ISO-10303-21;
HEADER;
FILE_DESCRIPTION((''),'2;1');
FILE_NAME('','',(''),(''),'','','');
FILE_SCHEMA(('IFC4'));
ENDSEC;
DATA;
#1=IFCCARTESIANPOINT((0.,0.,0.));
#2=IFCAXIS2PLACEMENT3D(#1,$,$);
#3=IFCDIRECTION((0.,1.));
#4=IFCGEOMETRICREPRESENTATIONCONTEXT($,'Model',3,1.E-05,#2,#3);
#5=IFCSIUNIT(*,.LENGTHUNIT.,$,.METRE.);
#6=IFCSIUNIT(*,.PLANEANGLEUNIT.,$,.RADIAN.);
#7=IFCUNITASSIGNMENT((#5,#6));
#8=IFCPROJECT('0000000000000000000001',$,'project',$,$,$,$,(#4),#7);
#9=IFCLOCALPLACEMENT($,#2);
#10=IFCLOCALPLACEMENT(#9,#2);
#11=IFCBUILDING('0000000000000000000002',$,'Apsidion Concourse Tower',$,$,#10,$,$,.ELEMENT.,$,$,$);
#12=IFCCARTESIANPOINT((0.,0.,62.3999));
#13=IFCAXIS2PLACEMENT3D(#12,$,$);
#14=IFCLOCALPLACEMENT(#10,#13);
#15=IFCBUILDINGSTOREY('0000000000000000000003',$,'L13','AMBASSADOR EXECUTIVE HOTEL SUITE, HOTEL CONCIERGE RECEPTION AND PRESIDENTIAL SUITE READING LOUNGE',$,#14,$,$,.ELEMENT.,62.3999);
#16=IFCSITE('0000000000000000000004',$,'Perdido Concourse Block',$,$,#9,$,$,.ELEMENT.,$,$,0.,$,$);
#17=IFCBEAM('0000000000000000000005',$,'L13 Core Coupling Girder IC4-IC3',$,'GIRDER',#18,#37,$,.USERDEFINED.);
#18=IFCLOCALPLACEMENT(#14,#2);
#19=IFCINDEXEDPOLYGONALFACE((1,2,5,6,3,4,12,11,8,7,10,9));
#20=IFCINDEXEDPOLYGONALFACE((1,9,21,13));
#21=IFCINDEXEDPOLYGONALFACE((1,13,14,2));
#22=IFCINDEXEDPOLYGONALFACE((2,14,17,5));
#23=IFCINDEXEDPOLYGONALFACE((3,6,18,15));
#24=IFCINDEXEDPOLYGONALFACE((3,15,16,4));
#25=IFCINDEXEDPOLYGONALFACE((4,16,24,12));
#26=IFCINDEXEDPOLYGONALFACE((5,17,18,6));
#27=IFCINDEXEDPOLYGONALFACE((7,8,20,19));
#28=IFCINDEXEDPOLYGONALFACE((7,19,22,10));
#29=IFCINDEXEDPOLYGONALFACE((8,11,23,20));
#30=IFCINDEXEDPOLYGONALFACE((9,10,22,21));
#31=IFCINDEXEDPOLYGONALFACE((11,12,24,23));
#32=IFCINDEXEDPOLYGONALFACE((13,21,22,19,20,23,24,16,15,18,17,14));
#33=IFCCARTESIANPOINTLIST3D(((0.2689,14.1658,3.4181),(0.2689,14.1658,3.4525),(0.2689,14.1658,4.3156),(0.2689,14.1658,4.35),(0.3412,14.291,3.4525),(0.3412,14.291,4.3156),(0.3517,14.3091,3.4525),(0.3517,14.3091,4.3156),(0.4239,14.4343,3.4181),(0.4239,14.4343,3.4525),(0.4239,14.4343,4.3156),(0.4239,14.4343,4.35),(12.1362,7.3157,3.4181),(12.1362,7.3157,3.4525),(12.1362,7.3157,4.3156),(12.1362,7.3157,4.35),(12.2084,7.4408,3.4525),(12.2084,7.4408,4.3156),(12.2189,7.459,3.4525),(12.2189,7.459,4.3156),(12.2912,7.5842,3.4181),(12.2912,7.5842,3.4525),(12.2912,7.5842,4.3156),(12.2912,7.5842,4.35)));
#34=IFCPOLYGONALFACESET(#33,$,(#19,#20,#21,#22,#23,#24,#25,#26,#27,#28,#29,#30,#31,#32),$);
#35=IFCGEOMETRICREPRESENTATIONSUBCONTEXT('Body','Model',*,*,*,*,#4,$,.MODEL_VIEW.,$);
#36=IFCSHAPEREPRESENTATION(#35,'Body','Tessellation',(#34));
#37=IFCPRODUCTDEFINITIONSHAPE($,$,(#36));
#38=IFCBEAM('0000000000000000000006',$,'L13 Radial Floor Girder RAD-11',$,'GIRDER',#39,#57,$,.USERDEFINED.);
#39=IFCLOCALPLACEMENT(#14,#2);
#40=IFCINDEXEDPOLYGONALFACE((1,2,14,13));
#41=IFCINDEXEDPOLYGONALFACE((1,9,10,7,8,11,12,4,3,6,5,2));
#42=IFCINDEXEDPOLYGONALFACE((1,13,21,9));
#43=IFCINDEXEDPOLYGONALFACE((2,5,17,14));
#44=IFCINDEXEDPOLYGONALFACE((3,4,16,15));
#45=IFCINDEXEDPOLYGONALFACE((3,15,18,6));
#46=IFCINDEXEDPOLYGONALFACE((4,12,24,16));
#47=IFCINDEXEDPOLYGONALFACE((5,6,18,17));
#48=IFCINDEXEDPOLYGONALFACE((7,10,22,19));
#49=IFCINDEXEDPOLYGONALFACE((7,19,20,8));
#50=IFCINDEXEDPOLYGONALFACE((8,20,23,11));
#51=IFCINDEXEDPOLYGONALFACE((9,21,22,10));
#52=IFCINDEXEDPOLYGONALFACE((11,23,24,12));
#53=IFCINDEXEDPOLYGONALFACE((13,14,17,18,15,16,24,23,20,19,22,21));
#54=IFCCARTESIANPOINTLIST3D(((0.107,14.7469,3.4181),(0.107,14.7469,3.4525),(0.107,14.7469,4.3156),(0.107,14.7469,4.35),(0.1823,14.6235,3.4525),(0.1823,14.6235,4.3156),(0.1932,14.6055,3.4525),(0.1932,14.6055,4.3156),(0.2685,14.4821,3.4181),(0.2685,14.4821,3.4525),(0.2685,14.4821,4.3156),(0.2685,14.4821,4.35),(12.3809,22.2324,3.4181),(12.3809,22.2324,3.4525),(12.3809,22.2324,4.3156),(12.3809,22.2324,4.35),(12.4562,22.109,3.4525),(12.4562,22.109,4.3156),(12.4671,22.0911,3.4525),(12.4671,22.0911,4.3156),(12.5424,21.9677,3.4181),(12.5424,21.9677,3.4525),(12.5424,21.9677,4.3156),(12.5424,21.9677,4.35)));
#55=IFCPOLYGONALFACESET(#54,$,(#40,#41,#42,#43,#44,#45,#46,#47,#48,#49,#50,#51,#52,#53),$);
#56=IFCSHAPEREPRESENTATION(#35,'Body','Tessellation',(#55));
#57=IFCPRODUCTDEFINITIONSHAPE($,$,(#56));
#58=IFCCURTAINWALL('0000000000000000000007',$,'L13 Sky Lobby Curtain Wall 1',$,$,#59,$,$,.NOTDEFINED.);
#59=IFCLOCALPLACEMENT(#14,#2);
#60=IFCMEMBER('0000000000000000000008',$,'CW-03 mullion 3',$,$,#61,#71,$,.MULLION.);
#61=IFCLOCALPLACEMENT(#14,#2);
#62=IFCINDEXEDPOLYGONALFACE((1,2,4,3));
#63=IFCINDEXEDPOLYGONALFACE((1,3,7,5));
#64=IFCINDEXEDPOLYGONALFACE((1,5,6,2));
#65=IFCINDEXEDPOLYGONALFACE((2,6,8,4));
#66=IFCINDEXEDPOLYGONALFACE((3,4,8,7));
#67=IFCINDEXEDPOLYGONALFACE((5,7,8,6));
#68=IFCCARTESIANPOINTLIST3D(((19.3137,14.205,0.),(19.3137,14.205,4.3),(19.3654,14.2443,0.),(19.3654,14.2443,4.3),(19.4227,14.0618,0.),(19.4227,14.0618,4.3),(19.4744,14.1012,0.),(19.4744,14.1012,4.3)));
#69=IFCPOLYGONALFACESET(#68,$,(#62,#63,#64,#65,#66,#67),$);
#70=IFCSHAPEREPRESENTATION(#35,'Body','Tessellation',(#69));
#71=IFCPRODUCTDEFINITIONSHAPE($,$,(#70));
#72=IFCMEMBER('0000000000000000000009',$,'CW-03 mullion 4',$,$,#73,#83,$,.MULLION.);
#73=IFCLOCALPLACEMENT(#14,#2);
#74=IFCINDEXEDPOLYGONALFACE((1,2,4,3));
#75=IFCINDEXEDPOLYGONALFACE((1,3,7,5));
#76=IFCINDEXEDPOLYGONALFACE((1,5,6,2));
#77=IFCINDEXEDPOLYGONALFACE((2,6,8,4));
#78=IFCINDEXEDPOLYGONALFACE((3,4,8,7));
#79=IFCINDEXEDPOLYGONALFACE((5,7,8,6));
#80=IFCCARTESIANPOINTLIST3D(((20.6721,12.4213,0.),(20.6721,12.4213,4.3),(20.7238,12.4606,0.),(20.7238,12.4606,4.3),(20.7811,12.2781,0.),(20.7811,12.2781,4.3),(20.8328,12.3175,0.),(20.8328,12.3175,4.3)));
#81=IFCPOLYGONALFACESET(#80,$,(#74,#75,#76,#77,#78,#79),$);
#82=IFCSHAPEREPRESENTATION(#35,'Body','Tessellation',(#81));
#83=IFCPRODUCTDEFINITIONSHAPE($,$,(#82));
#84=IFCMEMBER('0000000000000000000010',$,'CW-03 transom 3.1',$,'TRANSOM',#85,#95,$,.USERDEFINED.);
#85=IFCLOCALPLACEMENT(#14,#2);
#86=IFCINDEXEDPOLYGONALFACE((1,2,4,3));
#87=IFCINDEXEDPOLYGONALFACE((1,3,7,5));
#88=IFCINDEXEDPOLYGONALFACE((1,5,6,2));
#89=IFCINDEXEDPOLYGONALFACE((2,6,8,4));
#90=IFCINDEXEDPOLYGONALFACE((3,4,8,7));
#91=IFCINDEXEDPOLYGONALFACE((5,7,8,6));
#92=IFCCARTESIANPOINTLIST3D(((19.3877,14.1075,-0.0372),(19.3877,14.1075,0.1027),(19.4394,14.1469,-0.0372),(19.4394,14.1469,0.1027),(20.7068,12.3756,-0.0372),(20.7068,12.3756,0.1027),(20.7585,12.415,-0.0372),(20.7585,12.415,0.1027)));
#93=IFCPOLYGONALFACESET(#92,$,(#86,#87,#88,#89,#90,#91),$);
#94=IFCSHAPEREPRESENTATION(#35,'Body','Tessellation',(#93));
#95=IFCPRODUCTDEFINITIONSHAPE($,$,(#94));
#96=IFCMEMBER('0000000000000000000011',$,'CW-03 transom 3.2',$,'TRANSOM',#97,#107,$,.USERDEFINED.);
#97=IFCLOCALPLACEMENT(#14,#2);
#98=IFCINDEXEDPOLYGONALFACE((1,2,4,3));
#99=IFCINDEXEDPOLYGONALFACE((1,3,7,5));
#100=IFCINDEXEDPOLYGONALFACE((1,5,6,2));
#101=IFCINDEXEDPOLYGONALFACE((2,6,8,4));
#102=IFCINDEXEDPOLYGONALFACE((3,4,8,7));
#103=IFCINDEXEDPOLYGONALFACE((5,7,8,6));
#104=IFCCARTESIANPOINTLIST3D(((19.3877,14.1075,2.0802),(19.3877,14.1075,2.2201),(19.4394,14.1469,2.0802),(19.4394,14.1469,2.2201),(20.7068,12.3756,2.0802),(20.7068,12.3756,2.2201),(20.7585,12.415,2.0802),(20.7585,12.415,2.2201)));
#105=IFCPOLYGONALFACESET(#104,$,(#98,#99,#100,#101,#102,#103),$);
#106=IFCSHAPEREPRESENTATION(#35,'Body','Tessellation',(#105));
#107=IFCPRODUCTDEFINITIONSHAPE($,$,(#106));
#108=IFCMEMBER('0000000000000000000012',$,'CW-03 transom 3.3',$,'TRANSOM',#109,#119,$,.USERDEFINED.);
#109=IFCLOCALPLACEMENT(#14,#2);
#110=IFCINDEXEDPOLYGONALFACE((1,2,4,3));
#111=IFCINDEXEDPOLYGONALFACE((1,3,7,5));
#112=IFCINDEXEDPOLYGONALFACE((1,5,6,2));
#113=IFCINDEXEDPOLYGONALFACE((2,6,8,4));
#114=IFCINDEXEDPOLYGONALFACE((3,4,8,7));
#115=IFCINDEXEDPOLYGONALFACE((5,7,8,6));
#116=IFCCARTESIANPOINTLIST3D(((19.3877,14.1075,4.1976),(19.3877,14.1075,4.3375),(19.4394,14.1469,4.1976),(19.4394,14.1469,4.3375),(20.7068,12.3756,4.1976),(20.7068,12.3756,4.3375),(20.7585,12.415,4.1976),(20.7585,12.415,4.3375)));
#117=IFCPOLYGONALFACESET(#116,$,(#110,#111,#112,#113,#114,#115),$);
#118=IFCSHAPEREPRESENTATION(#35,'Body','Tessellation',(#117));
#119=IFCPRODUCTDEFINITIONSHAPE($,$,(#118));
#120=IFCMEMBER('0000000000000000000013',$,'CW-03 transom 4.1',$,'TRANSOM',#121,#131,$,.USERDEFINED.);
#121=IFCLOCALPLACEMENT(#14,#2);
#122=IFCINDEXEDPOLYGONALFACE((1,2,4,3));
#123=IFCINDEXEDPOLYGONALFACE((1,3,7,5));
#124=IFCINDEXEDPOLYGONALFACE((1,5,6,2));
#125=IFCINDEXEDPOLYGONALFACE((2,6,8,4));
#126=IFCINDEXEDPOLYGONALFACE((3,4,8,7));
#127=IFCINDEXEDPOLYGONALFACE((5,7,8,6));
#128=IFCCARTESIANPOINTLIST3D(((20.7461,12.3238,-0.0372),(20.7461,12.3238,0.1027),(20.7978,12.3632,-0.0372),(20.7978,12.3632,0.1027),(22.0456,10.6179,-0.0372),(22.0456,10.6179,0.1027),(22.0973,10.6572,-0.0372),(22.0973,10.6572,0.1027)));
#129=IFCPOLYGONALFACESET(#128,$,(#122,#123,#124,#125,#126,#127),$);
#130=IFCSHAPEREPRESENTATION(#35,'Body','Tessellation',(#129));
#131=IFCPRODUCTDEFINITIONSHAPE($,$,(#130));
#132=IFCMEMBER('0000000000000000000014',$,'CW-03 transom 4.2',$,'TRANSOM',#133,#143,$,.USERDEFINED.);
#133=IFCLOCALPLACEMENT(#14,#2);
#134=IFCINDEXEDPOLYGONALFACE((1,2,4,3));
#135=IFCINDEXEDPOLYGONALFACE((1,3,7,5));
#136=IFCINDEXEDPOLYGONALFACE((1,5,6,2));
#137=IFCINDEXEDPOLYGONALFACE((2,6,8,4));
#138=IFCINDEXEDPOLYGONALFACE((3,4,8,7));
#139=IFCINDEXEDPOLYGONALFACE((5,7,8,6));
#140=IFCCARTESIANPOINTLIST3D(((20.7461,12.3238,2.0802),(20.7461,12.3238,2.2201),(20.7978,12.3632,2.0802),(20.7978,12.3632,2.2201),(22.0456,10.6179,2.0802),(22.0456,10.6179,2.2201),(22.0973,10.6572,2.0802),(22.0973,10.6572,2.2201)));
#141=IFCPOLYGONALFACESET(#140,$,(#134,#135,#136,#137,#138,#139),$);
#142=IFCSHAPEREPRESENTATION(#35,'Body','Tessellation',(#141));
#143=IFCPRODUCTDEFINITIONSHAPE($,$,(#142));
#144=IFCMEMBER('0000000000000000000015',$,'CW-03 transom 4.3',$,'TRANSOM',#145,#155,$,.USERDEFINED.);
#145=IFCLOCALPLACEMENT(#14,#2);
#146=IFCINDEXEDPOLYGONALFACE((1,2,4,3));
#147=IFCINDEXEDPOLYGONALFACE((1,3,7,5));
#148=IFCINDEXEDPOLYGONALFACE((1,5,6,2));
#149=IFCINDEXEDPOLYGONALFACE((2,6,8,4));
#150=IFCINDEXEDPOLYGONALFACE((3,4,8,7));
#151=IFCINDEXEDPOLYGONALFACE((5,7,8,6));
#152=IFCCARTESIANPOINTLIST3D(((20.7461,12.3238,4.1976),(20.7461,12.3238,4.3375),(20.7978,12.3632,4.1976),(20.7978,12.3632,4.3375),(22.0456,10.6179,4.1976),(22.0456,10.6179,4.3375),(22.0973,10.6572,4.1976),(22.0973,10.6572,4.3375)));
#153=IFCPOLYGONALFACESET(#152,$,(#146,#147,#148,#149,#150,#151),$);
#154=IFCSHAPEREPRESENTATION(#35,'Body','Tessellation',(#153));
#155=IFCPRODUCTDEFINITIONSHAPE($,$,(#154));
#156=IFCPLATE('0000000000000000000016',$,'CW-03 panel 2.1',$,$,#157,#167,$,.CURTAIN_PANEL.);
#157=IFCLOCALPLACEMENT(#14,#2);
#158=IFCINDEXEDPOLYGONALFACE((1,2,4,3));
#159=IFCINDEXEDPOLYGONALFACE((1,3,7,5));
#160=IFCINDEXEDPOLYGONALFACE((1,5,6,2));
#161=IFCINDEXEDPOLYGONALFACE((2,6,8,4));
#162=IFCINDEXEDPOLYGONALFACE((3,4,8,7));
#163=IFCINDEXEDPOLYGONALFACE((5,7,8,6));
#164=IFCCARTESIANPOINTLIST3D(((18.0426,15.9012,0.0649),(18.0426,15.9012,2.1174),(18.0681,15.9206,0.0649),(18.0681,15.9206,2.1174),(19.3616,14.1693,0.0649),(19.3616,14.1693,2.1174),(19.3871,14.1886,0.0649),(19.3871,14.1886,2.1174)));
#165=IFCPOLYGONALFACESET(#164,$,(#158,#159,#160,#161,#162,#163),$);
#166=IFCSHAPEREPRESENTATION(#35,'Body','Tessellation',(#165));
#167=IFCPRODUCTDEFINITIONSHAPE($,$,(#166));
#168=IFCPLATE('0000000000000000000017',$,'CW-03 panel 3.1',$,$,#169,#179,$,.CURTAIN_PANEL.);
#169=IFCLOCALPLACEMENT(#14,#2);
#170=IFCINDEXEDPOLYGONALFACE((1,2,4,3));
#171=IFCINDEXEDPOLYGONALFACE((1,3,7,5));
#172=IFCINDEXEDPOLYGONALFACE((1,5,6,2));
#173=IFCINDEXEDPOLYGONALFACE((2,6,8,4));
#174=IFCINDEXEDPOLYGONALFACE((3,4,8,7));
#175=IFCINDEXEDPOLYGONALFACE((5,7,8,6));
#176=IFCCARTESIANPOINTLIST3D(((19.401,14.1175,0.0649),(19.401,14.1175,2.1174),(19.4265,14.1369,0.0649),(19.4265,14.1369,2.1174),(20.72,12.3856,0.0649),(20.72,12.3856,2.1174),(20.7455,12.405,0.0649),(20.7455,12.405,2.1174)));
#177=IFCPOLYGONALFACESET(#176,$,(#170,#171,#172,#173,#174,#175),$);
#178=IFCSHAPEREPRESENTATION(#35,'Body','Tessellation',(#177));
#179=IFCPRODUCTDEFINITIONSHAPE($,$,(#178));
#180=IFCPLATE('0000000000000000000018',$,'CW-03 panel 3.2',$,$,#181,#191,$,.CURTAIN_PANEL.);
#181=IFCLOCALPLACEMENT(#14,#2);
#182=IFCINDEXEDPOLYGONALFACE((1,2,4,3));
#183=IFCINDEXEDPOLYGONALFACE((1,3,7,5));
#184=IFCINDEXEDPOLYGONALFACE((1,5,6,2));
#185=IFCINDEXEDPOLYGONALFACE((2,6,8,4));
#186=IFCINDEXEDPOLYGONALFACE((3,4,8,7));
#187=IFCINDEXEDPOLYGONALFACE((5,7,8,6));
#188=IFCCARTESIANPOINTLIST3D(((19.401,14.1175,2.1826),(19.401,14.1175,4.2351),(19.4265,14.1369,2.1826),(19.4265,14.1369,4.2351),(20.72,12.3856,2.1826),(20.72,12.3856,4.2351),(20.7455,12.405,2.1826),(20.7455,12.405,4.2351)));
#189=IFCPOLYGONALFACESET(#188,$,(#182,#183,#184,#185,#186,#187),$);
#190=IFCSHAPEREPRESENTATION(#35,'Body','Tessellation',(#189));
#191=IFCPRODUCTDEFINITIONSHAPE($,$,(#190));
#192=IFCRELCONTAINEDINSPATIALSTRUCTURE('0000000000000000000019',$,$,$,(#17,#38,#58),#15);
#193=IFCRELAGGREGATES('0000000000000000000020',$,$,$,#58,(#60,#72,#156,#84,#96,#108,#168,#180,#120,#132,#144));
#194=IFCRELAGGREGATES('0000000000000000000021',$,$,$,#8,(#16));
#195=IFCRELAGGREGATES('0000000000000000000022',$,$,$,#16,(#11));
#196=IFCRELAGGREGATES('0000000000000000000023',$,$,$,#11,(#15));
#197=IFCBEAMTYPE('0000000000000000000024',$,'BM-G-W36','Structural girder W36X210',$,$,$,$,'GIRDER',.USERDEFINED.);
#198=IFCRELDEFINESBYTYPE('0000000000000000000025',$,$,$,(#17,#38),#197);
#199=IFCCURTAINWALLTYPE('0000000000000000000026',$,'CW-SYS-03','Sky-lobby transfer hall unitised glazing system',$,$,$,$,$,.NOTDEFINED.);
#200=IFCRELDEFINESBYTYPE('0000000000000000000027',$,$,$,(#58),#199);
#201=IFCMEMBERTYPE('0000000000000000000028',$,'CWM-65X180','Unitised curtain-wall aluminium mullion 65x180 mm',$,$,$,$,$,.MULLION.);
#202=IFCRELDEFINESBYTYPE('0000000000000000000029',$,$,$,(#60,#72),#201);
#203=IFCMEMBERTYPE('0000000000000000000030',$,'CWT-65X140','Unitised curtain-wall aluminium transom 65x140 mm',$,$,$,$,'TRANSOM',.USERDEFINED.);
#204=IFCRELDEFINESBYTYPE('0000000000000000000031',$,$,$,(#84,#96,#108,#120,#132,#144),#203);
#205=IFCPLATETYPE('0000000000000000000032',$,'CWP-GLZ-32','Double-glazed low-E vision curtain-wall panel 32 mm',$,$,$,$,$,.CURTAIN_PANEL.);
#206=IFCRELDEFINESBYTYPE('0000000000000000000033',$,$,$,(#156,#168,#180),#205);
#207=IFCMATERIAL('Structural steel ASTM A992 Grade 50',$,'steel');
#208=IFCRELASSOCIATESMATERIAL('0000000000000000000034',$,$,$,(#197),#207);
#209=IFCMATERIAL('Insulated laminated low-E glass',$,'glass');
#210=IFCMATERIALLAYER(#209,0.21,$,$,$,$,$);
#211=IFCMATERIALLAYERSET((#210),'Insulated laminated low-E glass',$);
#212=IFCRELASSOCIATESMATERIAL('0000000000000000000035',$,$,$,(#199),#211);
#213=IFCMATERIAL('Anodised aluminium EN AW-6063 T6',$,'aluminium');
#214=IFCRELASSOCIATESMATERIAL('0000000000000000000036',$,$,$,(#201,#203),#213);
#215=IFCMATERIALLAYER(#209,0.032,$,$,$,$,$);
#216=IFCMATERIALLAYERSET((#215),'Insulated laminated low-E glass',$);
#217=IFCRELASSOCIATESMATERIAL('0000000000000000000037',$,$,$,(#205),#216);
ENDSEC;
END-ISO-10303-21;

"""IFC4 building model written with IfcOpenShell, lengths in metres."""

from ifc_helpers import new_model, si_unit, direction, frame, origin, origin_2d, place, context, subcontext, project, spatial, rectangle, i_section, extrude, material, layer, layer_set, material_profile, profile_set, type_object, element, aggregate, save


model = new_model("IFC4")

# Units and contexts
model_context = context("Model", 3, precision=1e-05, world=origin(), true_north=direction((0.0, 1.0)))
body_context = subcontext(model_context, "Body", "Model", "MODEL_VIEW")
ifc_project = project(units=[si_unit("LENGTHUNIT", "METRE"), si_unit("PLANEANGLEUNIT", "RADIAN")], contexts=[model_context])

# Site, building, storey
site_placement = place(None, origin())
site = spatial("IfcSite", under=ifc_project, at=site_placement, Name="Perdido Concourse Block", CompositionType="ELEMENT", RefElevation=0.0)
building_placement = place(site_placement, origin())
building = spatial("IfcBuilding", under=site, at=building_placement, Name="Apsidion Concourse Tower", CompositionType="ELEMENT")
storey_placement = place(building_placement, frame((0.0, 0.0, 62.3999)))
storey = spatial("IfcBuildingStorey", under=building, at=storey_placement, Name="L13", Description="AMBASSADOR EXECUTIVE HOTEL SUITE, HOTEL CONCIERGE RECEPTION AND PRESIDENTIAL SUITE READING LOUNGE", CompositionType="ELEMENT", Elevation=62.3999)

# Beams
ifc_material_1 = material(Name="Structural steel ASTM A992 Grade 50", Category="steel")
ifc_material_profile_1 = material_profile(ifc_material_1, i_section(OverallWidth=0.3101, OverallDepth=0.9319, WebThickness=0.021, FlangeThickness=0.0344, at=origin_2d()), Name="W36X210")
ifc_profile_set_1 = profile_set([ifc_material_profile_1], Name="Structural steel ASTM A992 Grade 50")
beam_type = type_object("IfcBeamType", Name="BM-G-W36", Description="Structural girder W36X210", ElementType="GIRDER", PredefinedType="USERDEFINED", material=ifc_profile_set_1)
beam_1_placement = place(storey_placement, frame((0.3464, 14.3, 3.884), z_axis=(0.86607, -0.499922, 0.0), x_axis=(0.499922, 0.86607, 0.0)))
element("IfcBeam", 1, at=beam_1_placement, inside=storey, type_object=beam_type, Name="L13 Core Coupling Girder IC4-IC3", ObjectType="GIRDER", PredefinedType="USERDEFINED", context=body_context, shape_type="SweptSolid", body=[
    extrude(i_section(OverallWidth=0.3101, OverallDepth=0.9319, WebThickness=0.021, FlangeThickness=0.0344, at=origin_2d()), origin(), (0.0, 0.0, 1.0), 13.7024),
])
beam_2_placement = place(storey_placement, frame((0.1877, 14.6145, 3.884), z_axis=(0.85375, 0.520683, 0.0), x_axis=(-0.520683, 0.85375, 0.0)))
element("IfcBeam", 2, at=beam_2_placement, inside=storey, type_object=beam_type, Name="L13 Radial Floor Girder RAD-11", ObjectType="GIRDER", PredefinedType="USERDEFINED", context=body_context, shape_type="SweptSolid", body=[
    extrude(i_section(OverallWidth=0.3101, OverallDepth=0.9319, WebThickness=0.021, FlangeThickness=0.0344, at=origin_2d()), origin(), (0.0, 0.0, 1.0), 14.3765),
])

# Curtain wall, members, plates
ifc_material_2 = material(Name="Insulated laminated low-E glass", Category="glass")
ifc_layer_1 = layer(ifc_material_2, 0.21)
ifc_layer_set_1 = layer_set([ifc_layer_1], Name="Insulated laminated low-E glass")
curtain_wall_type = type_object("IfcCurtainWallType", Name="CW-SYS-03", Description="Sky-lobby transfer hall unitised glazing system", PredefinedType="NOTDEFINED", material=ifc_layer_set_1)
curtain_wall_placement = place(storey_placement, origin())
curtain_wall = element("IfcCurtainWall", 3, at=curtain_wall_placement, inside=storey, type_object=curtain_wall_type, Name="L13 Sky Lobby Curtain Wall 1", PredefinedType="NOTDEFINED")
ifc_material_3 = material(Name="Anodised aluminium EN AW-6063 T6", Category="aluminium")
ifc_material_profile_2 = material_profile(ifc_material_3, rectangle(XDim=0.0649, YDim=0.1799, at=origin_2d()), Name="ALU MULLION 65x180")
ifc_profile_set_2 = profile_set([ifc_material_profile_2], Name="Anodised aluminium EN AW-6063 T6")
member_type_1 = type_object("IfcMemberType", Name="CWM-65X180", Description="Unitised curtain-wall aluminium mullion 65x180 mm", PredefinedType="MULLION", material=ifc_profile_set_2)
member_1_placement = place(storey_placement, frame((19.394, 14.1531, 0.0), z_axis=(0.0, 0.0, 1.0), x_axis=(0.795559, 0.605877, 0.0)))
member_1 = element("IfcMember", 4, at=member_1_placement, type_object=member_type_1, Name="CW-03 mullion 3", PredefinedType="MULLION", context=body_context, shape_type="SweptSolid", body=[
    extrude(rectangle(XDim=0.0649, YDim=0.1799, at=origin_2d()), origin(), (0.0, 0.0, 1.0), 4.3),
])
member_2_placement = place(storey_placement, frame((20.7524, 12.3694, 0.0), z_axis=(0.0, 0.0, 1.0), x_axis=(0.795559, 0.605877, 0.0)))
member_2 = element("IfcMember", 5, at=member_2_placement, type_object=member_type_1, Name="CW-03 mullion 4", PredefinedType="MULLION", context=body_context, shape_type="SweptSolid", body=[
    extrude(rectangle(XDim=0.0649, YDim=0.1799, at=origin_2d()), origin(), (0.0, 0.0, 1.0), 4.3),
])
ifc_material_profile_3 = material_profile(ifc_material_3, rectangle(XDim=0.0649, YDim=0.1399, at=origin_2d()), Name="ALU TRANSOM 65x140")
ifc_profile_set_3 = profile_set([ifc_material_profile_3], Name="Anodised aluminium EN AW-6063 T6")
member_type_2 = type_object("IfcMemberType", Name="CWT-65X140", Description="Unitised curtain-wall aluminium transom 65x140 mm", ElementType="TRANSOM", PredefinedType="USERDEFINED", material=ifc_profile_set_3)
member_3_placement = place(storey_placement, frame((19.4136, 14.1272, 0.0327), z_axis=(0.605905, -0.795537, 0.0), x_axis=(0.795537, 0.605905, 0.0)))
member_3 = element("IfcMember", 6, at=member_3_placement, type_object=member_type_2, Name="CW-03 transom 3.1", ObjectType="TRANSOM", PredefinedType="USERDEFINED", context=body_context, shape_type="SweptSolid", body=[
    extrude(rectangle(XDim=0.0649, YDim=0.1399, at=origin_2d()), origin(), (0.0, 0.0, 1.0), 2.177),
])
member_4_placement = place(storey_placement, frame((19.4136, 14.1272, 2.1501), z_axis=(0.605905, -0.795537, 0.0), x_axis=(0.795537, 0.605905, 0.0)))
member_4 = element("IfcMember", 7, at=member_4_placement, type_object=member_type_2, Name="CW-03 transom 3.2", ObjectType="TRANSOM", PredefinedType="USERDEFINED", context=body_context, shape_type="SweptSolid", body=[
    extrude(rectangle(XDim=0.0649, YDim=0.1399, at=origin_2d()), origin(), (0.0, 0.0, 1.0), 2.177),
])
member_5_placement = place(storey_placement, frame((19.4136, 14.1272, 4.2676), z_axis=(0.605905, -0.795537, 0.0), x_axis=(0.795537, 0.605905, 0.0)))
member_5 = element("IfcMember", 8, at=member_5_placement, type_object=member_type_2, Name="CW-03 transom 3.3", ObjectType="TRANSOM", PredefinedType="USERDEFINED", context=body_context, shape_type="SweptSolid", body=[
    extrude(rectangle(XDim=0.0649, YDim=0.1399, at=origin_2d()), origin(), (0.0, 0.0, 1.0), 2.177),
])
member_6_placement = place(storey_placement, frame((20.772, 12.3435, 0.0327), z_axis=(0.605957, -0.795497, 0.0), x_axis=(0.795497, 0.605957, 0.0)))
member_6 = element("IfcMember", 9, at=member_6_placement, type_object=member_type_2, Name="CW-03 transom 4.1", ObjectType="TRANSOM", PredefinedType="USERDEFINED", context=body_context, shape_type="SweptSolid", body=[
    extrude(rectangle(XDim=0.0649, YDim=0.1399, at=origin_2d()), origin(), (0.0, 0.0, 1.0), 2.1445),
])
member_7_placement = place(storey_placement, frame((20.772, 12.3435, 2.1501), z_axis=(0.605957, -0.795497, 0.0), x_axis=(0.795497, 0.605957, 0.0)))
member_7 = element("IfcMember", 10, at=member_7_placement, type_object=member_type_2, Name="CW-03 transom 4.2", ObjectType="TRANSOM", PredefinedType="USERDEFINED", context=body_context, shape_type="SweptSolid", body=[
    extrude(rectangle(XDim=0.0649, YDim=0.1399, at=origin_2d()), origin(), (0.0, 0.0, 1.0), 2.1445),
])
member_8_placement = place(storey_placement, frame((20.772, 12.3435, 4.2676), z_axis=(0.605957, -0.795497, 0.0), x_axis=(0.795497, 0.605957, 0.0)))
member_8 = element("IfcMember", 11, at=member_8_placement, type_object=member_type_2, Name="CW-03 transom 4.3", ObjectType="TRANSOM", PredefinedType="USERDEFINED", context=body_context, shape_type="SweptSolid", body=[
    extrude(rectangle(XDim=0.0649, YDim=0.1399, at=origin_2d()), origin(), (0.0, 0.0, 1.0), 2.1445),
])
ifc_layer_2 = layer(ifc_material_2, 0.032)
ifc_layer_set_2 = layer_set([ifc_layer_2], Name="Insulated laminated low-E glass")
plate_type = type_object("IfcPlateType", Name="CWP-GLZ-32", Description="Double-glazed low-E vision curtain-wall panel 32 mm", PredefinedType="CURTAIN_PANEL", material=ifc_layer_set_2)
plate_1_placement = place(storey_placement, frame((18.7148, 15.0449, 0.0649), z_axis=(0.0, 0.0, 1.0), x_axis=(0.605877, -0.795559, 0.0)))
plate_1 = element("IfcPlate", 12, at=plate_1_placement, type_object=plate_type, Name="CW-03 panel 2.1", PredefinedType="CURTAIN_PANEL", context=body_context, shape_type="SweptSolid", body=[
    extrude(rectangle(XDim=2.177, YDim=0.032, at=origin_2d()), origin(), (0.0, 0.0, 1.0), 2.0525),
])
plate_2_placement = place(storey_placement, frame((20.0732, 13.2612, 0.0649), z_axis=(0.0, 0.0, 1.0), x_axis=(0.605877, -0.795559, 0.0)))
plate_2 = element("IfcPlate", 13, at=plate_2_placement, type_object=plate_type, Name="CW-03 panel 3.1", PredefinedType="CURTAIN_PANEL", context=body_context, shape_type="SweptSolid", body=[
    extrude(rectangle(XDim=2.177, YDim=0.032, at=origin_2d()), origin(), (0.0, 0.0, 1.0), 2.0525),
])
plate_3_placement = place(storey_placement, frame((20.0732, 13.2612, 2.1826), z_axis=(0.0, 0.0, 1.0), x_axis=(0.605877, -0.795559, 0.0)))
plate_3 = element("IfcPlate", 14, at=plate_3_placement, type_object=plate_type, Name="CW-03 panel 3.2", PredefinedType="CURTAIN_PANEL", context=body_context, shape_type="SweptSolid", body=[
    extrude(rectangle(XDim=2.177, YDim=0.032, at=origin_2d()), origin(), (0.0, 0.0, 1.0), 2.0525),
])
aggregate(curtain_wall, [member_1, member_2, plate_1, member_3, member_4, member_5, plate_2, plate_3, member_6, member_7, member_8])

save(model, "model.ifc")
